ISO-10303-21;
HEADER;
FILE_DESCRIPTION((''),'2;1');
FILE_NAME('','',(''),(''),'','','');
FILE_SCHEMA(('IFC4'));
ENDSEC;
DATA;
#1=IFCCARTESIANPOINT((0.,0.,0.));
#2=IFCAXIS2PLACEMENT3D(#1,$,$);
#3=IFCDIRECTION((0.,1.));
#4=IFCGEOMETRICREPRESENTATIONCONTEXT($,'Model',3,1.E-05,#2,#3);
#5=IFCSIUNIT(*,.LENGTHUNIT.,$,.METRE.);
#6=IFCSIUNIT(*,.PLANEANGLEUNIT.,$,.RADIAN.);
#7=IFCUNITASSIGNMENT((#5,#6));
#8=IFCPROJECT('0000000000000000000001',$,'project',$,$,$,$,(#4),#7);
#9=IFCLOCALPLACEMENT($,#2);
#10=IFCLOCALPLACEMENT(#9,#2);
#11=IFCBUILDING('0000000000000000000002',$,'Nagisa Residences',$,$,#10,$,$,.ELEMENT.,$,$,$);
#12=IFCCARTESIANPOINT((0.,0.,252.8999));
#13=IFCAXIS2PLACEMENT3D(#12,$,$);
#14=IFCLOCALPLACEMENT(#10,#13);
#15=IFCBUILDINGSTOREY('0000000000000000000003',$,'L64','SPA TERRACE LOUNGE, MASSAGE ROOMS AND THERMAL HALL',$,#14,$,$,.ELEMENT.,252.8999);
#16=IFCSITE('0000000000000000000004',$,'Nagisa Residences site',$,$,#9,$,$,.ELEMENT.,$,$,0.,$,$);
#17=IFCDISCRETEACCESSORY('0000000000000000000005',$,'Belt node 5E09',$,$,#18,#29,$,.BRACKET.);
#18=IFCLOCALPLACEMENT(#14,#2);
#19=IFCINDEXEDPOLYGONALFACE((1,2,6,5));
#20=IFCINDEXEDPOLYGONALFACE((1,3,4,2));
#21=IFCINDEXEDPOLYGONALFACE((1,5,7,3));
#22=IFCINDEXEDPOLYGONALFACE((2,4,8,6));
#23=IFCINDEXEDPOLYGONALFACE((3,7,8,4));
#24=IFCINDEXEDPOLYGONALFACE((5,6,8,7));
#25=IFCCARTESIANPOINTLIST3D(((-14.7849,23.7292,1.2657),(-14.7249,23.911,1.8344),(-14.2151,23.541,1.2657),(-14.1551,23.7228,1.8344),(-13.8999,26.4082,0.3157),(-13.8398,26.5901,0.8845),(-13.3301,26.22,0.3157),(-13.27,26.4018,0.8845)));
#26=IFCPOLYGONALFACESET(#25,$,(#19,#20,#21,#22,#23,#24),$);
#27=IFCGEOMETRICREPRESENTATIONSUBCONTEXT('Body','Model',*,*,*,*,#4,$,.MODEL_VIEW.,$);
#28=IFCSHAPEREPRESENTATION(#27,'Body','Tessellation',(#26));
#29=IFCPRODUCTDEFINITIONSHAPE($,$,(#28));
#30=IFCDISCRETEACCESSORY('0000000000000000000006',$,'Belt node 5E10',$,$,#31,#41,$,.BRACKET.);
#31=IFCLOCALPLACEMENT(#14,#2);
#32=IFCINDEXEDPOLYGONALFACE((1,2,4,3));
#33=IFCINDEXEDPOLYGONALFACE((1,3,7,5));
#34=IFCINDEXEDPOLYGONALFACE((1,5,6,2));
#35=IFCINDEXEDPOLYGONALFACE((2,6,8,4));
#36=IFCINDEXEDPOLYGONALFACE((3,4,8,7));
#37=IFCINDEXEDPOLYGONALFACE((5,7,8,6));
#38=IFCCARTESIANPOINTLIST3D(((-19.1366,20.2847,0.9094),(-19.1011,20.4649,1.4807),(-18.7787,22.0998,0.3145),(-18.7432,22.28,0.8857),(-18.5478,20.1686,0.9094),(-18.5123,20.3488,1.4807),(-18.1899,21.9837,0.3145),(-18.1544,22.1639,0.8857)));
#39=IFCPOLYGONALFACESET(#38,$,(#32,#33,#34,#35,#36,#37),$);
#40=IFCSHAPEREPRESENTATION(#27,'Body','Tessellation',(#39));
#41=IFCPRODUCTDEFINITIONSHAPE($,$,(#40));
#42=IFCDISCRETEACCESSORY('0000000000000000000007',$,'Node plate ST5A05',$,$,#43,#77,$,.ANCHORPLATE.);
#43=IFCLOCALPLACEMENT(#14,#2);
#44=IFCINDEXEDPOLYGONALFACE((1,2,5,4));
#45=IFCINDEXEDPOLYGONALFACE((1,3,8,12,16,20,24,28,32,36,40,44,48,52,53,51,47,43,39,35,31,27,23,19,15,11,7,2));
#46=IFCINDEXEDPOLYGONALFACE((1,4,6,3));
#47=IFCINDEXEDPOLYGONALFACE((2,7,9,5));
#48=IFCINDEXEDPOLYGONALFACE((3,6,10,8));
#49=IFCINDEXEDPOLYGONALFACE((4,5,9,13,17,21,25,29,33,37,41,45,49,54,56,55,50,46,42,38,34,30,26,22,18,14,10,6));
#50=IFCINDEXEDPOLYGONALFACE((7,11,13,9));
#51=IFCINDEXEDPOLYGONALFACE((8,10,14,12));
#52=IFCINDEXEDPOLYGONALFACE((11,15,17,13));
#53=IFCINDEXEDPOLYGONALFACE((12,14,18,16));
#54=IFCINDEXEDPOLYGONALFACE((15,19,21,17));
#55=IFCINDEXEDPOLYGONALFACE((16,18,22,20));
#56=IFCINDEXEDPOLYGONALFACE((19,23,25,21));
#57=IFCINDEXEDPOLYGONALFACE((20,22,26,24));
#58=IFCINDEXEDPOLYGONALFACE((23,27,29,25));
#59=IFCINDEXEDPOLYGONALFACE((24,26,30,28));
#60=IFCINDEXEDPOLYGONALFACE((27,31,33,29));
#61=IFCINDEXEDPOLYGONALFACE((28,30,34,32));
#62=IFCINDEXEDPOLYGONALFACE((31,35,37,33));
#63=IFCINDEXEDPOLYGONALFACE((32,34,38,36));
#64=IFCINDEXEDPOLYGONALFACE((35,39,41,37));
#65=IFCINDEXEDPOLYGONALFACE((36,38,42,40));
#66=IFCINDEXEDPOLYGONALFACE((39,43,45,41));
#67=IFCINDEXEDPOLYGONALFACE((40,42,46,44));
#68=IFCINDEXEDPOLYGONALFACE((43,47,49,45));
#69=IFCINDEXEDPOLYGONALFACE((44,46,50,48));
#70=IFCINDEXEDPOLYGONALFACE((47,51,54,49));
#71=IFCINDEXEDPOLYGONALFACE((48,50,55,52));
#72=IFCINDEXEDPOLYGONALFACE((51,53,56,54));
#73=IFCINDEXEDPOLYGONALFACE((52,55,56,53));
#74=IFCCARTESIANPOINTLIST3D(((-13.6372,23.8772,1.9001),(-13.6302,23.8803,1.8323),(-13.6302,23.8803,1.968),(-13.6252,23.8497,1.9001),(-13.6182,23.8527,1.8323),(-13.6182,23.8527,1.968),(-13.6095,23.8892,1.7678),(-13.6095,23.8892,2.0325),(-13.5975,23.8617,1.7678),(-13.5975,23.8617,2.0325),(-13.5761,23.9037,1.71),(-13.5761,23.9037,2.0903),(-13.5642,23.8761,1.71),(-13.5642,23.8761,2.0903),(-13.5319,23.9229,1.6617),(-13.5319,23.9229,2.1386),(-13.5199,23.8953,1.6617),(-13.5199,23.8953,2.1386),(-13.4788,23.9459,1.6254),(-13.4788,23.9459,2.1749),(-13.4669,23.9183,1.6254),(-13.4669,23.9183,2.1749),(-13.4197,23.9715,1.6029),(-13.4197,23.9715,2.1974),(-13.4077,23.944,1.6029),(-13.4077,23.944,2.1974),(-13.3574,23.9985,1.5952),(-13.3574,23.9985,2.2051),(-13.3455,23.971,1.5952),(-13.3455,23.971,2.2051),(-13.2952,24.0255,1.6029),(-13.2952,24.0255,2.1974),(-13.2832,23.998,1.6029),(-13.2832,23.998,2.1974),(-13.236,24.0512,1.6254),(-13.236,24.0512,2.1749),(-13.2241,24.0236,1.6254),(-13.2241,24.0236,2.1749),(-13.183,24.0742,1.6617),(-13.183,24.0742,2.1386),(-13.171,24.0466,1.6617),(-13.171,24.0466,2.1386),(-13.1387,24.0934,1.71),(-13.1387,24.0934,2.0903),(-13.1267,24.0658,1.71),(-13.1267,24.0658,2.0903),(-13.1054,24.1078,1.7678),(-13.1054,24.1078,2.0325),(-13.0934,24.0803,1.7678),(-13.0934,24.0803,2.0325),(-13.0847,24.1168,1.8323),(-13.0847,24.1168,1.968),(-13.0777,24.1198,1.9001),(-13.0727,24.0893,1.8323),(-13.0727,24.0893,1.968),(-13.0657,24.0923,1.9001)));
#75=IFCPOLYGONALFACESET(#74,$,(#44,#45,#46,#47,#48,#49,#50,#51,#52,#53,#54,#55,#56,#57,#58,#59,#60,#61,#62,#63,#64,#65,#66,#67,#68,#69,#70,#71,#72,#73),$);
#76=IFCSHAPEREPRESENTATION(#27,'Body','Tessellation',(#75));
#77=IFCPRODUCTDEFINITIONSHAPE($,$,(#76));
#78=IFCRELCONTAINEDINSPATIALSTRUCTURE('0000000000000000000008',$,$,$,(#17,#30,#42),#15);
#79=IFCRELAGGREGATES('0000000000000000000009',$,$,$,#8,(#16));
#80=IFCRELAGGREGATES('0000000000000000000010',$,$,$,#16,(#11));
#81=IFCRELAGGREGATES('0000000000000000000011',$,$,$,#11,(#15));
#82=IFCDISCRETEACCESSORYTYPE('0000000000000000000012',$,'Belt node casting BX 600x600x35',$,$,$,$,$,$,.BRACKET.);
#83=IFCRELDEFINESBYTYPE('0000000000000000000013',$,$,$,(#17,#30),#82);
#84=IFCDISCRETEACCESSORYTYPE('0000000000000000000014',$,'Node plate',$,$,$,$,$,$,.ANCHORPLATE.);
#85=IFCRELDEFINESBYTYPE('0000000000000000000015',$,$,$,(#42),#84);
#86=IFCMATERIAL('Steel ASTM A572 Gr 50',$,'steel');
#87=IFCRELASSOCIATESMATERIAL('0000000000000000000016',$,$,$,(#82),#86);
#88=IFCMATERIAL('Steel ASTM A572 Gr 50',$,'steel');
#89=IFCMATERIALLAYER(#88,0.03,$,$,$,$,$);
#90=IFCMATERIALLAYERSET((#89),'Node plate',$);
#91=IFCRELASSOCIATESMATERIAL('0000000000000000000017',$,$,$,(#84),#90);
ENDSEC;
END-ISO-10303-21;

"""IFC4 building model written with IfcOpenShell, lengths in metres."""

from ifc_helpers import new_model, si_unit, direction, frame, origin, origin_2d, place, context, subcontext, project, spatial, rectangle, circle, extrude, material, layer, layer_set, type_object, element, save


model = new_model("IFC4")

# Units and contexts
model_context = context("Model", 3, precision=1e-05, world=origin(), true_north=direction((0.0, 1.0)))
body_context = subcontext(model_context, "Body", "Model", "MODEL_VIEW")
ifc_project = project(units=[si_unit("LENGTHUNIT", "METRE"), si_unit("PLANEANGLEUNIT", "RADIAN")], contexts=[model_context])

# Site, building, storey
site_placement = place(None, origin())
site = spatial("IfcSite", under=ifc_project, at=site_placement, Name="Nagisa Residences site", CompositionType="ELEMENT", RefElevation=0.0)
building_placement = place(site_placement, origin())
building = spatial("IfcBuilding", under=site, at=building_placement, Name="Nagisa Residences", CompositionType="ELEMENT")
storey_placement = place(building_placement, frame((0.0, 0.0, 252.8999)))
storey = spatial("IfcBuildingStorey", under=building, at=storey_placement, Name="L64", Description="SPA TERRACE LOUNGE, MASSAGE ROOMS AND THERMAL HALL", CompositionType="ELEMENT", Elevation=252.8999)

# Discrete accessories
ifc_material_1 = material(Name="Steel ASTM A572 Gr 50", Category="steel")
discrete_accessory_type_1 = type_object("IfcDiscreteAccessoryType", Name="Belt node casting BX 600x600x35", PredefinedType="BRACKET", material=ifc_material_1)
discrete_accessory_1_placement = place(storey_placement, frame((-13.585, 26.405, 0.6001), z_axis=(-0.297284, -0.899888, 0.319098), x_axis=(0.949528, -0.313683, 0.0)))
element("IfcDiscreteAccessory", 1, at=discrete_accessory_1_placement, inside=storey, type_object=discrete_accessory_type_1, Name="Belt node 5E09", PredefinedType="BRACKET", context=body_context, shape_type="SweptSolid", body=[
    extrude(rectangle(XDim=0.6001, YDim=0.6001, at=origin_2d()), origin(), (0.0, 0.0, 1.0), 2.9771),
])
discrete_accessory_2_placement = place(storey_placement, frame((-18.4666, 22.1318, 0.6001), z_axis=(-0.184162, -0.934003, 0.306142), x_axis=(0.98111, -0.193451, 0.0)))
element("IfcDiscreteAccessory", 2, at=discrete_accessory_2_placement, inside=storey, type_object=discrete_accessory_type_1, Name="Belt node 5E10", PredefinedType="BRACKET", context=body_context, shape_type="SweptSolid", body=[
    extrude(rectangle(XDim=0.6001, YDim=0.6001, at=origin_2d()), origin(), (0.0, 0.0, 1.0), 1.9434),
])
ifc_material_2 = material(Name="Steel ASTM A572 Gr 50", Category="steel")
ifc_layer = layer(ifc_material_2, 0.03)
ifc_layer_set = layer_set([ifc_layer], Name="Node plate")
discrete_accessory_type_2 = type_object("IfcDiscreteAccessoryType", Name="Node plate", PredefinedType="ANCHORPLATE", material=ifc_layer_set)
discrete_accessory_3_placement = place(storey_placement, frame((-13.3574, 23.9985, 1.9001), z_axis=(0.397835, -0.917457, 0.0), x_axis=(0.917457, 0.397835, 0.0)))
element("IfcDiscreteAccessory", 3, at=discrete_accessory_3_placement, inside=storey, type_object=discrete_accessory_type_2, Name="Node plate ST5A05", PredefinedType="ANCHORPLATE", context=body_context, shape_type="SweptSolid", body=[
    extrude(circle(Radius=0.3049, at=origin_2d()), origin(), (0.0, 0.0, 1.0), 0.03),
])

save(model, "model.ifc")
